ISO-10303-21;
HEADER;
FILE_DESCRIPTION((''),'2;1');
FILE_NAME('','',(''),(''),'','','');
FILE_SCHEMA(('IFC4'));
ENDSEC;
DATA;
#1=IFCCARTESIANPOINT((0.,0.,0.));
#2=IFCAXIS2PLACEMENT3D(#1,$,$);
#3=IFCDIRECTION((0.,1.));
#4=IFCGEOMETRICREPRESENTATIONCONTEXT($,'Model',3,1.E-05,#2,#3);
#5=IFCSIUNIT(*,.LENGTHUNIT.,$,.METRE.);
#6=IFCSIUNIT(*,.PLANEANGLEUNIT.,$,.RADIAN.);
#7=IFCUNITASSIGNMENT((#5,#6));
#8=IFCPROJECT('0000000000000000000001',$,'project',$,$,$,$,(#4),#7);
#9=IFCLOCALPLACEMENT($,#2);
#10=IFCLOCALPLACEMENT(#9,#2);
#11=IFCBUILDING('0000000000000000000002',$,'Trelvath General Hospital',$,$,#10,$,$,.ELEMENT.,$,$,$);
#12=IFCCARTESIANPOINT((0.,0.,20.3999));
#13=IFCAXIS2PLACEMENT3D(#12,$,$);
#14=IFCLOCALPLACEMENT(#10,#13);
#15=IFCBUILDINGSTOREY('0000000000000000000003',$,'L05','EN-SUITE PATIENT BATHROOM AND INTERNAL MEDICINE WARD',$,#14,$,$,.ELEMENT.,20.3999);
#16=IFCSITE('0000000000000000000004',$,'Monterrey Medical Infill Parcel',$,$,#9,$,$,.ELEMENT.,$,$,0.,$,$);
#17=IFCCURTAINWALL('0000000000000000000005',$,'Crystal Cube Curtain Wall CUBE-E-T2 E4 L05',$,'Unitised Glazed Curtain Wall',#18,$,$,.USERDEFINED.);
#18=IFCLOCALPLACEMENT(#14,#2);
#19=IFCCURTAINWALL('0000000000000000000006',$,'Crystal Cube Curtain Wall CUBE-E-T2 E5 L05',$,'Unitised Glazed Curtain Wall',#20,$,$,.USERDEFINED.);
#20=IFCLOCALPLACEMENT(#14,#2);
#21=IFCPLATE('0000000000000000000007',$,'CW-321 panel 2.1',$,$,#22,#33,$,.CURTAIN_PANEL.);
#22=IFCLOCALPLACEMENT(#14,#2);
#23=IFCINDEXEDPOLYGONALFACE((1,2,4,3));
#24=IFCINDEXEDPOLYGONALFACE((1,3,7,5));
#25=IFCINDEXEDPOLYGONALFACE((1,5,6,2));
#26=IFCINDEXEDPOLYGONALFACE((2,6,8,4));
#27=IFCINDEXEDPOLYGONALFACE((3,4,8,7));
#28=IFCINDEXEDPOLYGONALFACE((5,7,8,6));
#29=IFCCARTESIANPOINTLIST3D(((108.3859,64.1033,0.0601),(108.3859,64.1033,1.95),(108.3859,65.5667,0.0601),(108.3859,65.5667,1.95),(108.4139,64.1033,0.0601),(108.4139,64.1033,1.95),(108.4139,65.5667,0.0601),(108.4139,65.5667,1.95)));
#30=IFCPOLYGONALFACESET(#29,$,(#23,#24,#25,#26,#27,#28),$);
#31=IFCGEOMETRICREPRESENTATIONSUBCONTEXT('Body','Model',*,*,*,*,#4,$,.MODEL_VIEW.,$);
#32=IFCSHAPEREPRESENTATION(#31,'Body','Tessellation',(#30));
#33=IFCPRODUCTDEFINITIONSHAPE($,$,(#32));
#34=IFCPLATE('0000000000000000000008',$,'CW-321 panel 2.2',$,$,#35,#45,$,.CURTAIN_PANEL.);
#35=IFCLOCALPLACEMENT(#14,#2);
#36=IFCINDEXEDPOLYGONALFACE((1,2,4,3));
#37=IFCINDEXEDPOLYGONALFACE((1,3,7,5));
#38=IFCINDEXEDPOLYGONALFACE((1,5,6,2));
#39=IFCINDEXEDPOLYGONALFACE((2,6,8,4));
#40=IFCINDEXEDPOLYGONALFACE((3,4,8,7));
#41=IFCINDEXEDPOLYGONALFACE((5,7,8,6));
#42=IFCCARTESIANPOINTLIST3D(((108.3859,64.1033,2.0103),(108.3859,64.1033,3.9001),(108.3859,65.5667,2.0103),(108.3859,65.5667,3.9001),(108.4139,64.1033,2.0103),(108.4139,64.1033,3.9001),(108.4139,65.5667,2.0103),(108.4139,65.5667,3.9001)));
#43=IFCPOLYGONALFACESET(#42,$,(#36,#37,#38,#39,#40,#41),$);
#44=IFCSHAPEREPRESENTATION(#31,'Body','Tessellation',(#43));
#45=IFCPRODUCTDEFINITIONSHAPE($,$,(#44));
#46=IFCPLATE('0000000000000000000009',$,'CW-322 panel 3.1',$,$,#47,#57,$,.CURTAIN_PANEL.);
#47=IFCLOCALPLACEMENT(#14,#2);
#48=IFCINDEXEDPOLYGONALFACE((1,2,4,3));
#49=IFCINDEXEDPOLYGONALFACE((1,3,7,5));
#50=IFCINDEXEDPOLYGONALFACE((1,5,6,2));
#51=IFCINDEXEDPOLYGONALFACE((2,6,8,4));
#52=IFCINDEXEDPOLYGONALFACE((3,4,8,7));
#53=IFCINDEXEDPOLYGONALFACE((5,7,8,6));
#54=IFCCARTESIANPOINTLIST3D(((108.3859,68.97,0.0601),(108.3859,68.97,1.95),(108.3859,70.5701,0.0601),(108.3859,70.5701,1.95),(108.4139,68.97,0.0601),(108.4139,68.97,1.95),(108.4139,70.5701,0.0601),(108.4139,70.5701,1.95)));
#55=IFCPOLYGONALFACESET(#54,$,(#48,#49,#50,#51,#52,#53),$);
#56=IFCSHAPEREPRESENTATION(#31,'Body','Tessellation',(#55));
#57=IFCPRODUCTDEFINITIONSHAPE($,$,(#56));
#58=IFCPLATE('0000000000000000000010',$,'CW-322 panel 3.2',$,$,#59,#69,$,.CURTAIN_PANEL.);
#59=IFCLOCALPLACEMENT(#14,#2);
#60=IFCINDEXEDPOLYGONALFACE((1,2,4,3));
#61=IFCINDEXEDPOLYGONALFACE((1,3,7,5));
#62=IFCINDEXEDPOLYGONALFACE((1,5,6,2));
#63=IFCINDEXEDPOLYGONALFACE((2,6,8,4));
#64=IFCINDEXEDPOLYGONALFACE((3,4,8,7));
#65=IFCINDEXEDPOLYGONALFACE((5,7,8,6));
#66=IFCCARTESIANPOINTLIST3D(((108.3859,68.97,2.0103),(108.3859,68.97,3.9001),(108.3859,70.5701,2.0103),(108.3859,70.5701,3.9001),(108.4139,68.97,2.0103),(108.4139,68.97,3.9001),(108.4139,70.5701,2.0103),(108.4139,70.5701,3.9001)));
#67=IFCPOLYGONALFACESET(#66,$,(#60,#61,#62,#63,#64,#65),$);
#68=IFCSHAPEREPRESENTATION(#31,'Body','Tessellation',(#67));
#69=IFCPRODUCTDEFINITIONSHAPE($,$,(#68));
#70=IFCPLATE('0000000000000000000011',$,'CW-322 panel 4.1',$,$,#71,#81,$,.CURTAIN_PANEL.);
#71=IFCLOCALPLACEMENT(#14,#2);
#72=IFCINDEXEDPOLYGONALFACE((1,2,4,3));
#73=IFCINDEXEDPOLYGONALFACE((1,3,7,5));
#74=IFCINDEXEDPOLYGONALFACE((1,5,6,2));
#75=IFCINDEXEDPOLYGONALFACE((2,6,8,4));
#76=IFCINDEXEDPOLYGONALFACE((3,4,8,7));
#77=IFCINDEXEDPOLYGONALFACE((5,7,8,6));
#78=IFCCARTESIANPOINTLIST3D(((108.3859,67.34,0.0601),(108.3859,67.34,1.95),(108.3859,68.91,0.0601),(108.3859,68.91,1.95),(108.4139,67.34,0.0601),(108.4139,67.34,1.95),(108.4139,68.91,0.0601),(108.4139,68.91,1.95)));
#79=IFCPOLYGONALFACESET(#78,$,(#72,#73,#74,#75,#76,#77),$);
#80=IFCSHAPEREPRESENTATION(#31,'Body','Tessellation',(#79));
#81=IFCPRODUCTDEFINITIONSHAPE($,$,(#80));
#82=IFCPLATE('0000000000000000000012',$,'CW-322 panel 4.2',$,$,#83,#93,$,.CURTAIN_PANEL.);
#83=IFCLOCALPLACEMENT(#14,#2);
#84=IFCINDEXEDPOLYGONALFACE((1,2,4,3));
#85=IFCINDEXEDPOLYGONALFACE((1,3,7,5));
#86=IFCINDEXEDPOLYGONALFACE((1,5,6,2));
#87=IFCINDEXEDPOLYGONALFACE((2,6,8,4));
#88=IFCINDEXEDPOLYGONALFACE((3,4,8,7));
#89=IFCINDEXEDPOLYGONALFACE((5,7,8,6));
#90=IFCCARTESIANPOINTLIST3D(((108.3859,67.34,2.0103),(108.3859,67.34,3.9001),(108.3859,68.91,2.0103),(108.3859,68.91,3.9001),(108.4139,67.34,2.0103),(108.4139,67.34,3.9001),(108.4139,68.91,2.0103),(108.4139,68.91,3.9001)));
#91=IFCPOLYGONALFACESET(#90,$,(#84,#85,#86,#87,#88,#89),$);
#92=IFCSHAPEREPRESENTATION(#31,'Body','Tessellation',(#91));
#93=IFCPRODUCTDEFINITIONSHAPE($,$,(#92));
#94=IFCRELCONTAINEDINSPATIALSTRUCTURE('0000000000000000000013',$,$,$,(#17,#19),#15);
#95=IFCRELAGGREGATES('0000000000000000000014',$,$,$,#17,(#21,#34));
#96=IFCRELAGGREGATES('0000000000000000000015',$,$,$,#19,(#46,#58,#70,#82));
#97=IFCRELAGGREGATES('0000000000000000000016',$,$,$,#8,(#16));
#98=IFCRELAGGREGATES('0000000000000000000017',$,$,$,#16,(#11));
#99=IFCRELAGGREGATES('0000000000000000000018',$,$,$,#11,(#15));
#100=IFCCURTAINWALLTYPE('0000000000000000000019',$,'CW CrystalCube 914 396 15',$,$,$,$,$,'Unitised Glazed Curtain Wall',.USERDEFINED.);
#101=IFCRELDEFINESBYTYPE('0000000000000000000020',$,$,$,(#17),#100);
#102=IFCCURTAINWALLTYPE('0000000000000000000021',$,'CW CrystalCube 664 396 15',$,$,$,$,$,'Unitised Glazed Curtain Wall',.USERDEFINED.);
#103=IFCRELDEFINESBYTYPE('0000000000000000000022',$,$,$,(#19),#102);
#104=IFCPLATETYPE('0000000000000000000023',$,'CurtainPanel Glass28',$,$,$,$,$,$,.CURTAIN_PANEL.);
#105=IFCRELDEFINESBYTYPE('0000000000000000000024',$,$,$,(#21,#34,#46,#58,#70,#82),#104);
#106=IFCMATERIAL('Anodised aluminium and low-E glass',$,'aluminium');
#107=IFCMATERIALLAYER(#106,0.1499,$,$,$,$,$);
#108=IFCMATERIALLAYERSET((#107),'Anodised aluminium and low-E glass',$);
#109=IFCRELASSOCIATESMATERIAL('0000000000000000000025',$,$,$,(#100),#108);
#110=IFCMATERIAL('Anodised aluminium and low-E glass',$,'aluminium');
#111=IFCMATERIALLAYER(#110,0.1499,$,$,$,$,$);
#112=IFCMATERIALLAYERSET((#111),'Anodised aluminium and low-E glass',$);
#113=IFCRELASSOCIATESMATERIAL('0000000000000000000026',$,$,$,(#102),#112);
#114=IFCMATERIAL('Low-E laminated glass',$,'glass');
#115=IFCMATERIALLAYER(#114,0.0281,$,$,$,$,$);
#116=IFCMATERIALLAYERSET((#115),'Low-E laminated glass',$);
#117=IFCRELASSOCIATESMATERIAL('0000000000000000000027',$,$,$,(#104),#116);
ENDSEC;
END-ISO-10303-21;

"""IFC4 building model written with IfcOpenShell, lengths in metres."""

from ifc_helpers import new_model, si_unit, direction, frame, origin, origin_2d, place, context, subcontext, project, spatial, rectangle, extrude, material, layer, layer_set, type_object, element, aggregate, save


model = new_model("IFC4")

# Units and contexts
model_context = context("Model", 3, precision=1e-05, world=origin(), true_north=direction((0.0, 1.0)))
body_context = subcontext(model_context, "Body", "Model", "MODEL_VIEW")
ifc_project = project(units=[si_unit("LENGTHUNIT", "METRE"), si_unit("PLANEANGLEUNIT", "RADIAN")], contexts=[model_context])

# Site, building, storey
site_placement = place(None, origin())
site = spatial("IfcSite", under=ifc_project, at=site_placement, Name="Monterrey Medical Infill Parcel", CompositionType="ELEMENT", RefElevation=0.0)
building_placement = place(site_placement, origin())
building = spatial("IfcBuilding", under=site, at=building_placement, Name="Trelvath General Hospital", CompositionType="ELEMENT")
storey_placement = place(building_placement, frame((0.0, 0.0, 20.3999)))
storey = spatial("IfcBuildingStorey", under=building, at=storey_placement, Name="L05", Description="EN-SUITE PATIENT BATHROOM AND INTERNAL MEDICINE WARD", CompositionType="ELEMENT", Elevation=20.3999)

# Curtain walls
ifc_material_1 = material(Name="Anodised aluminium and low-E glass", Category="aluminium")
ifc_layer_1 = layer(ifc_material_1, 0.1499)
ifc_layer_set_1 = layer_set([ifc_layer_1], Name="Anodised aluminium and low-E glass")
curtain_wall_type_1 = type_object("IfcCurtainWallType", Name="CW CrystalCube 914 396 15", ElementType="Unitised Glazed Curtain Wall", PredefinedType="USERDEFINED", material=ifc_layer_set_1)
curtain_wall_1_placement = place(storey_placement, origin())
curtain_wall_1 = element("IfcCurtainWall", 1, at=curtain_wall_1_placement, inside=storey, type_object=curtain_wall_type_1, Name="Crystal Cube Curtain Wall CUBE-E-T2 E4 L05", ObjectType="Unitised Glazed Curtain Wall", PredefinedType="USERDEFINED")
ifc_material_2 = material(Name="Anodised aluminium and low-E glass", Category="aluminium")
ifc_layer_2 = layer(ifc_material_2, 0.1499)
ifc_layer_set_2 = layer_set([ifc_layer_2], Name="Anodised aluminium and low-E glass")
curtain_wall_type_2 = type_object("IfcCurtainWallType", Name="CW CrystalCube 664 396 15", ElementType="Unitised Glazed Curtain Wall", PredefinedType="USERDEFINED", material=ifc_layer_set_2)
curtain_wall_2_placement = place(storey_placement, origin())
curtain_wall_2 = element("IfcCurtainWall", 2, at=curtain_wall_2_placement, inside=storey, type_object=curtain_wall_type_2, Name="Crystal Cube Curtain Wall CUBE-E-T2 E5 L05", ObjectType="Unitised Glazed Curtain Wall", PredefinedType="USERDEFINED")

# Plates
ifc_material_3 = material(Name="Low-E laminated glass", Category="glass")
ifc_layer_3 = layer(ifc_material_3, 0.0281)
ifc_layer_set_3 = layer_set([ifc_layer_3], Name="Low-E laminated glass")
plate_type = type_object("IfcPlateType", Name="CurtainPanel Glass28", PredefinedType="CURTAIN_PANEL", material=ifc_layer_set_3)
plate_1_placement = place(storey_placement, frame((108.3999, 64.835, 0.0601), z_axis=(0.0, 0.0, 1.0), x_axis=(0.0, -1.0, 0.0)))
plate_1 = element("IfcPlate", 3, at=plate_1_placement, type_object=plate_type, Name="CW-321 panel 2.1", PredefinedType="CURTAIN_PANEL", context=body_context, shape_type="SweptSolid", body=[
    extrude(rectangle(XDim=1.4634, YDim=0.0281, at=origin_2d()), origin(), (0.0, 0.0, 1.0), 1.8899),
])
plate_2_placement = place(storey_placement, frame((108.3999, 64.835, 2.0103), z_axis=(0.0, 0.0, 1.0), x_axis=(0.0, -1.0, 0.0)))
plate_2 = element("IfcPlate", 4, at=plate_2_placement, type_object=plate_type, Name="CW-321 panel 2.2", PredefinedType="CURTAIN_PANEL", context=body_context, shape_type="SweptSolid", body=[
    extrude(rectangle(XDim=1.4634, YDim=0.0281, at=origin_2d()), origin(), (0.0, 0.0, 1.0), 1.8899),
])
aggregate(curtain_wall_1, [plate_1, plate_2])
plate_3_placement = place(storey_placement, frame((108.3999, 69.77, 0.0601), z_axis=(0.0, 0.0, 1.0), x_axis=(0.0, -1.0, 0.0)))
plate_3 = element("IfcPlate", 5, at=plate_3_placement, type_object=plate_type, Name="CW-322 panel 3.1", PredefinedType="CURTAIN_PANEL", context=body_context, shape_type="SweptSolid", body=[
    extrude(rectangle(XDim=1.6001, YDim=0.0281, at=origin_2d()), origin(), (0.0, 0.0, 1.0), 1.8899),
])
plate_4_placement = place(storey_placement, frame((108.3999, 69.77, 2.0103), z_axis=(0.0, 0.0, 1.0), x_axis=(0.0, -1.0, 0.0)))
plate_4 = element("IfcPlate", 6, at=plate_4_placement, type_object=plate_type, Name="CW-322 panel 3.2", PredefinedType="CURTAIN_PANEL", context=body_context, shape_type="SweptSolid", body=[
    extrude(rectangle(XDim=1.6001, YDim=0.0281, at=origin_2d()), origin(), (0.0, 0.0, 1.0), 1.8899),
])
plate_5_placement = place(storey_placement, frame((108.3999, 68.125, 0.0601), z_axis=(0.0, 0.0, 1.0), x_axis=(0.0, -1.0, 0.0)))
plate_5 = element("IfcPlate", 7, at=plate_5_placement, type_object=plate_type, Name="CW-322 panel 4.1", PredefinedType="CURTAIN_PANEL", context=body_context, shape_type="SweptSolid", body=[
    extrude(rectangle(XDim=1.5701, YDim=0.0281, at=origin_2d()), origin(), (0.0, 0.0, 1.0), 1.8899),
])
plate_6_placement = place(storey_placement, frame((108.3999, 68.125, 2.0103), z_axis=(0.0, 0.0, 1.0), x_axis=(0.0, -1.0, 0.0)))
plate_6 = element("IfcPlate", 8, at=plate_6_placement, type_object=plate_type, Name="CW-322 panel 4.2", PredefinedType="CURTAIN_PANEL", context=body_context, shape_type="SweptSolid", body=[
    extrude(rectangle(XDim=1.5701, YDim=0.0281, at=origin_2d()), origin(), (0.0, 0.0, 1.0), 1.8899),
])
aggregate(curtain_wall_2, [plate_3, plate_4, plate_5, plate_6])

save(model, "model.ifc")
